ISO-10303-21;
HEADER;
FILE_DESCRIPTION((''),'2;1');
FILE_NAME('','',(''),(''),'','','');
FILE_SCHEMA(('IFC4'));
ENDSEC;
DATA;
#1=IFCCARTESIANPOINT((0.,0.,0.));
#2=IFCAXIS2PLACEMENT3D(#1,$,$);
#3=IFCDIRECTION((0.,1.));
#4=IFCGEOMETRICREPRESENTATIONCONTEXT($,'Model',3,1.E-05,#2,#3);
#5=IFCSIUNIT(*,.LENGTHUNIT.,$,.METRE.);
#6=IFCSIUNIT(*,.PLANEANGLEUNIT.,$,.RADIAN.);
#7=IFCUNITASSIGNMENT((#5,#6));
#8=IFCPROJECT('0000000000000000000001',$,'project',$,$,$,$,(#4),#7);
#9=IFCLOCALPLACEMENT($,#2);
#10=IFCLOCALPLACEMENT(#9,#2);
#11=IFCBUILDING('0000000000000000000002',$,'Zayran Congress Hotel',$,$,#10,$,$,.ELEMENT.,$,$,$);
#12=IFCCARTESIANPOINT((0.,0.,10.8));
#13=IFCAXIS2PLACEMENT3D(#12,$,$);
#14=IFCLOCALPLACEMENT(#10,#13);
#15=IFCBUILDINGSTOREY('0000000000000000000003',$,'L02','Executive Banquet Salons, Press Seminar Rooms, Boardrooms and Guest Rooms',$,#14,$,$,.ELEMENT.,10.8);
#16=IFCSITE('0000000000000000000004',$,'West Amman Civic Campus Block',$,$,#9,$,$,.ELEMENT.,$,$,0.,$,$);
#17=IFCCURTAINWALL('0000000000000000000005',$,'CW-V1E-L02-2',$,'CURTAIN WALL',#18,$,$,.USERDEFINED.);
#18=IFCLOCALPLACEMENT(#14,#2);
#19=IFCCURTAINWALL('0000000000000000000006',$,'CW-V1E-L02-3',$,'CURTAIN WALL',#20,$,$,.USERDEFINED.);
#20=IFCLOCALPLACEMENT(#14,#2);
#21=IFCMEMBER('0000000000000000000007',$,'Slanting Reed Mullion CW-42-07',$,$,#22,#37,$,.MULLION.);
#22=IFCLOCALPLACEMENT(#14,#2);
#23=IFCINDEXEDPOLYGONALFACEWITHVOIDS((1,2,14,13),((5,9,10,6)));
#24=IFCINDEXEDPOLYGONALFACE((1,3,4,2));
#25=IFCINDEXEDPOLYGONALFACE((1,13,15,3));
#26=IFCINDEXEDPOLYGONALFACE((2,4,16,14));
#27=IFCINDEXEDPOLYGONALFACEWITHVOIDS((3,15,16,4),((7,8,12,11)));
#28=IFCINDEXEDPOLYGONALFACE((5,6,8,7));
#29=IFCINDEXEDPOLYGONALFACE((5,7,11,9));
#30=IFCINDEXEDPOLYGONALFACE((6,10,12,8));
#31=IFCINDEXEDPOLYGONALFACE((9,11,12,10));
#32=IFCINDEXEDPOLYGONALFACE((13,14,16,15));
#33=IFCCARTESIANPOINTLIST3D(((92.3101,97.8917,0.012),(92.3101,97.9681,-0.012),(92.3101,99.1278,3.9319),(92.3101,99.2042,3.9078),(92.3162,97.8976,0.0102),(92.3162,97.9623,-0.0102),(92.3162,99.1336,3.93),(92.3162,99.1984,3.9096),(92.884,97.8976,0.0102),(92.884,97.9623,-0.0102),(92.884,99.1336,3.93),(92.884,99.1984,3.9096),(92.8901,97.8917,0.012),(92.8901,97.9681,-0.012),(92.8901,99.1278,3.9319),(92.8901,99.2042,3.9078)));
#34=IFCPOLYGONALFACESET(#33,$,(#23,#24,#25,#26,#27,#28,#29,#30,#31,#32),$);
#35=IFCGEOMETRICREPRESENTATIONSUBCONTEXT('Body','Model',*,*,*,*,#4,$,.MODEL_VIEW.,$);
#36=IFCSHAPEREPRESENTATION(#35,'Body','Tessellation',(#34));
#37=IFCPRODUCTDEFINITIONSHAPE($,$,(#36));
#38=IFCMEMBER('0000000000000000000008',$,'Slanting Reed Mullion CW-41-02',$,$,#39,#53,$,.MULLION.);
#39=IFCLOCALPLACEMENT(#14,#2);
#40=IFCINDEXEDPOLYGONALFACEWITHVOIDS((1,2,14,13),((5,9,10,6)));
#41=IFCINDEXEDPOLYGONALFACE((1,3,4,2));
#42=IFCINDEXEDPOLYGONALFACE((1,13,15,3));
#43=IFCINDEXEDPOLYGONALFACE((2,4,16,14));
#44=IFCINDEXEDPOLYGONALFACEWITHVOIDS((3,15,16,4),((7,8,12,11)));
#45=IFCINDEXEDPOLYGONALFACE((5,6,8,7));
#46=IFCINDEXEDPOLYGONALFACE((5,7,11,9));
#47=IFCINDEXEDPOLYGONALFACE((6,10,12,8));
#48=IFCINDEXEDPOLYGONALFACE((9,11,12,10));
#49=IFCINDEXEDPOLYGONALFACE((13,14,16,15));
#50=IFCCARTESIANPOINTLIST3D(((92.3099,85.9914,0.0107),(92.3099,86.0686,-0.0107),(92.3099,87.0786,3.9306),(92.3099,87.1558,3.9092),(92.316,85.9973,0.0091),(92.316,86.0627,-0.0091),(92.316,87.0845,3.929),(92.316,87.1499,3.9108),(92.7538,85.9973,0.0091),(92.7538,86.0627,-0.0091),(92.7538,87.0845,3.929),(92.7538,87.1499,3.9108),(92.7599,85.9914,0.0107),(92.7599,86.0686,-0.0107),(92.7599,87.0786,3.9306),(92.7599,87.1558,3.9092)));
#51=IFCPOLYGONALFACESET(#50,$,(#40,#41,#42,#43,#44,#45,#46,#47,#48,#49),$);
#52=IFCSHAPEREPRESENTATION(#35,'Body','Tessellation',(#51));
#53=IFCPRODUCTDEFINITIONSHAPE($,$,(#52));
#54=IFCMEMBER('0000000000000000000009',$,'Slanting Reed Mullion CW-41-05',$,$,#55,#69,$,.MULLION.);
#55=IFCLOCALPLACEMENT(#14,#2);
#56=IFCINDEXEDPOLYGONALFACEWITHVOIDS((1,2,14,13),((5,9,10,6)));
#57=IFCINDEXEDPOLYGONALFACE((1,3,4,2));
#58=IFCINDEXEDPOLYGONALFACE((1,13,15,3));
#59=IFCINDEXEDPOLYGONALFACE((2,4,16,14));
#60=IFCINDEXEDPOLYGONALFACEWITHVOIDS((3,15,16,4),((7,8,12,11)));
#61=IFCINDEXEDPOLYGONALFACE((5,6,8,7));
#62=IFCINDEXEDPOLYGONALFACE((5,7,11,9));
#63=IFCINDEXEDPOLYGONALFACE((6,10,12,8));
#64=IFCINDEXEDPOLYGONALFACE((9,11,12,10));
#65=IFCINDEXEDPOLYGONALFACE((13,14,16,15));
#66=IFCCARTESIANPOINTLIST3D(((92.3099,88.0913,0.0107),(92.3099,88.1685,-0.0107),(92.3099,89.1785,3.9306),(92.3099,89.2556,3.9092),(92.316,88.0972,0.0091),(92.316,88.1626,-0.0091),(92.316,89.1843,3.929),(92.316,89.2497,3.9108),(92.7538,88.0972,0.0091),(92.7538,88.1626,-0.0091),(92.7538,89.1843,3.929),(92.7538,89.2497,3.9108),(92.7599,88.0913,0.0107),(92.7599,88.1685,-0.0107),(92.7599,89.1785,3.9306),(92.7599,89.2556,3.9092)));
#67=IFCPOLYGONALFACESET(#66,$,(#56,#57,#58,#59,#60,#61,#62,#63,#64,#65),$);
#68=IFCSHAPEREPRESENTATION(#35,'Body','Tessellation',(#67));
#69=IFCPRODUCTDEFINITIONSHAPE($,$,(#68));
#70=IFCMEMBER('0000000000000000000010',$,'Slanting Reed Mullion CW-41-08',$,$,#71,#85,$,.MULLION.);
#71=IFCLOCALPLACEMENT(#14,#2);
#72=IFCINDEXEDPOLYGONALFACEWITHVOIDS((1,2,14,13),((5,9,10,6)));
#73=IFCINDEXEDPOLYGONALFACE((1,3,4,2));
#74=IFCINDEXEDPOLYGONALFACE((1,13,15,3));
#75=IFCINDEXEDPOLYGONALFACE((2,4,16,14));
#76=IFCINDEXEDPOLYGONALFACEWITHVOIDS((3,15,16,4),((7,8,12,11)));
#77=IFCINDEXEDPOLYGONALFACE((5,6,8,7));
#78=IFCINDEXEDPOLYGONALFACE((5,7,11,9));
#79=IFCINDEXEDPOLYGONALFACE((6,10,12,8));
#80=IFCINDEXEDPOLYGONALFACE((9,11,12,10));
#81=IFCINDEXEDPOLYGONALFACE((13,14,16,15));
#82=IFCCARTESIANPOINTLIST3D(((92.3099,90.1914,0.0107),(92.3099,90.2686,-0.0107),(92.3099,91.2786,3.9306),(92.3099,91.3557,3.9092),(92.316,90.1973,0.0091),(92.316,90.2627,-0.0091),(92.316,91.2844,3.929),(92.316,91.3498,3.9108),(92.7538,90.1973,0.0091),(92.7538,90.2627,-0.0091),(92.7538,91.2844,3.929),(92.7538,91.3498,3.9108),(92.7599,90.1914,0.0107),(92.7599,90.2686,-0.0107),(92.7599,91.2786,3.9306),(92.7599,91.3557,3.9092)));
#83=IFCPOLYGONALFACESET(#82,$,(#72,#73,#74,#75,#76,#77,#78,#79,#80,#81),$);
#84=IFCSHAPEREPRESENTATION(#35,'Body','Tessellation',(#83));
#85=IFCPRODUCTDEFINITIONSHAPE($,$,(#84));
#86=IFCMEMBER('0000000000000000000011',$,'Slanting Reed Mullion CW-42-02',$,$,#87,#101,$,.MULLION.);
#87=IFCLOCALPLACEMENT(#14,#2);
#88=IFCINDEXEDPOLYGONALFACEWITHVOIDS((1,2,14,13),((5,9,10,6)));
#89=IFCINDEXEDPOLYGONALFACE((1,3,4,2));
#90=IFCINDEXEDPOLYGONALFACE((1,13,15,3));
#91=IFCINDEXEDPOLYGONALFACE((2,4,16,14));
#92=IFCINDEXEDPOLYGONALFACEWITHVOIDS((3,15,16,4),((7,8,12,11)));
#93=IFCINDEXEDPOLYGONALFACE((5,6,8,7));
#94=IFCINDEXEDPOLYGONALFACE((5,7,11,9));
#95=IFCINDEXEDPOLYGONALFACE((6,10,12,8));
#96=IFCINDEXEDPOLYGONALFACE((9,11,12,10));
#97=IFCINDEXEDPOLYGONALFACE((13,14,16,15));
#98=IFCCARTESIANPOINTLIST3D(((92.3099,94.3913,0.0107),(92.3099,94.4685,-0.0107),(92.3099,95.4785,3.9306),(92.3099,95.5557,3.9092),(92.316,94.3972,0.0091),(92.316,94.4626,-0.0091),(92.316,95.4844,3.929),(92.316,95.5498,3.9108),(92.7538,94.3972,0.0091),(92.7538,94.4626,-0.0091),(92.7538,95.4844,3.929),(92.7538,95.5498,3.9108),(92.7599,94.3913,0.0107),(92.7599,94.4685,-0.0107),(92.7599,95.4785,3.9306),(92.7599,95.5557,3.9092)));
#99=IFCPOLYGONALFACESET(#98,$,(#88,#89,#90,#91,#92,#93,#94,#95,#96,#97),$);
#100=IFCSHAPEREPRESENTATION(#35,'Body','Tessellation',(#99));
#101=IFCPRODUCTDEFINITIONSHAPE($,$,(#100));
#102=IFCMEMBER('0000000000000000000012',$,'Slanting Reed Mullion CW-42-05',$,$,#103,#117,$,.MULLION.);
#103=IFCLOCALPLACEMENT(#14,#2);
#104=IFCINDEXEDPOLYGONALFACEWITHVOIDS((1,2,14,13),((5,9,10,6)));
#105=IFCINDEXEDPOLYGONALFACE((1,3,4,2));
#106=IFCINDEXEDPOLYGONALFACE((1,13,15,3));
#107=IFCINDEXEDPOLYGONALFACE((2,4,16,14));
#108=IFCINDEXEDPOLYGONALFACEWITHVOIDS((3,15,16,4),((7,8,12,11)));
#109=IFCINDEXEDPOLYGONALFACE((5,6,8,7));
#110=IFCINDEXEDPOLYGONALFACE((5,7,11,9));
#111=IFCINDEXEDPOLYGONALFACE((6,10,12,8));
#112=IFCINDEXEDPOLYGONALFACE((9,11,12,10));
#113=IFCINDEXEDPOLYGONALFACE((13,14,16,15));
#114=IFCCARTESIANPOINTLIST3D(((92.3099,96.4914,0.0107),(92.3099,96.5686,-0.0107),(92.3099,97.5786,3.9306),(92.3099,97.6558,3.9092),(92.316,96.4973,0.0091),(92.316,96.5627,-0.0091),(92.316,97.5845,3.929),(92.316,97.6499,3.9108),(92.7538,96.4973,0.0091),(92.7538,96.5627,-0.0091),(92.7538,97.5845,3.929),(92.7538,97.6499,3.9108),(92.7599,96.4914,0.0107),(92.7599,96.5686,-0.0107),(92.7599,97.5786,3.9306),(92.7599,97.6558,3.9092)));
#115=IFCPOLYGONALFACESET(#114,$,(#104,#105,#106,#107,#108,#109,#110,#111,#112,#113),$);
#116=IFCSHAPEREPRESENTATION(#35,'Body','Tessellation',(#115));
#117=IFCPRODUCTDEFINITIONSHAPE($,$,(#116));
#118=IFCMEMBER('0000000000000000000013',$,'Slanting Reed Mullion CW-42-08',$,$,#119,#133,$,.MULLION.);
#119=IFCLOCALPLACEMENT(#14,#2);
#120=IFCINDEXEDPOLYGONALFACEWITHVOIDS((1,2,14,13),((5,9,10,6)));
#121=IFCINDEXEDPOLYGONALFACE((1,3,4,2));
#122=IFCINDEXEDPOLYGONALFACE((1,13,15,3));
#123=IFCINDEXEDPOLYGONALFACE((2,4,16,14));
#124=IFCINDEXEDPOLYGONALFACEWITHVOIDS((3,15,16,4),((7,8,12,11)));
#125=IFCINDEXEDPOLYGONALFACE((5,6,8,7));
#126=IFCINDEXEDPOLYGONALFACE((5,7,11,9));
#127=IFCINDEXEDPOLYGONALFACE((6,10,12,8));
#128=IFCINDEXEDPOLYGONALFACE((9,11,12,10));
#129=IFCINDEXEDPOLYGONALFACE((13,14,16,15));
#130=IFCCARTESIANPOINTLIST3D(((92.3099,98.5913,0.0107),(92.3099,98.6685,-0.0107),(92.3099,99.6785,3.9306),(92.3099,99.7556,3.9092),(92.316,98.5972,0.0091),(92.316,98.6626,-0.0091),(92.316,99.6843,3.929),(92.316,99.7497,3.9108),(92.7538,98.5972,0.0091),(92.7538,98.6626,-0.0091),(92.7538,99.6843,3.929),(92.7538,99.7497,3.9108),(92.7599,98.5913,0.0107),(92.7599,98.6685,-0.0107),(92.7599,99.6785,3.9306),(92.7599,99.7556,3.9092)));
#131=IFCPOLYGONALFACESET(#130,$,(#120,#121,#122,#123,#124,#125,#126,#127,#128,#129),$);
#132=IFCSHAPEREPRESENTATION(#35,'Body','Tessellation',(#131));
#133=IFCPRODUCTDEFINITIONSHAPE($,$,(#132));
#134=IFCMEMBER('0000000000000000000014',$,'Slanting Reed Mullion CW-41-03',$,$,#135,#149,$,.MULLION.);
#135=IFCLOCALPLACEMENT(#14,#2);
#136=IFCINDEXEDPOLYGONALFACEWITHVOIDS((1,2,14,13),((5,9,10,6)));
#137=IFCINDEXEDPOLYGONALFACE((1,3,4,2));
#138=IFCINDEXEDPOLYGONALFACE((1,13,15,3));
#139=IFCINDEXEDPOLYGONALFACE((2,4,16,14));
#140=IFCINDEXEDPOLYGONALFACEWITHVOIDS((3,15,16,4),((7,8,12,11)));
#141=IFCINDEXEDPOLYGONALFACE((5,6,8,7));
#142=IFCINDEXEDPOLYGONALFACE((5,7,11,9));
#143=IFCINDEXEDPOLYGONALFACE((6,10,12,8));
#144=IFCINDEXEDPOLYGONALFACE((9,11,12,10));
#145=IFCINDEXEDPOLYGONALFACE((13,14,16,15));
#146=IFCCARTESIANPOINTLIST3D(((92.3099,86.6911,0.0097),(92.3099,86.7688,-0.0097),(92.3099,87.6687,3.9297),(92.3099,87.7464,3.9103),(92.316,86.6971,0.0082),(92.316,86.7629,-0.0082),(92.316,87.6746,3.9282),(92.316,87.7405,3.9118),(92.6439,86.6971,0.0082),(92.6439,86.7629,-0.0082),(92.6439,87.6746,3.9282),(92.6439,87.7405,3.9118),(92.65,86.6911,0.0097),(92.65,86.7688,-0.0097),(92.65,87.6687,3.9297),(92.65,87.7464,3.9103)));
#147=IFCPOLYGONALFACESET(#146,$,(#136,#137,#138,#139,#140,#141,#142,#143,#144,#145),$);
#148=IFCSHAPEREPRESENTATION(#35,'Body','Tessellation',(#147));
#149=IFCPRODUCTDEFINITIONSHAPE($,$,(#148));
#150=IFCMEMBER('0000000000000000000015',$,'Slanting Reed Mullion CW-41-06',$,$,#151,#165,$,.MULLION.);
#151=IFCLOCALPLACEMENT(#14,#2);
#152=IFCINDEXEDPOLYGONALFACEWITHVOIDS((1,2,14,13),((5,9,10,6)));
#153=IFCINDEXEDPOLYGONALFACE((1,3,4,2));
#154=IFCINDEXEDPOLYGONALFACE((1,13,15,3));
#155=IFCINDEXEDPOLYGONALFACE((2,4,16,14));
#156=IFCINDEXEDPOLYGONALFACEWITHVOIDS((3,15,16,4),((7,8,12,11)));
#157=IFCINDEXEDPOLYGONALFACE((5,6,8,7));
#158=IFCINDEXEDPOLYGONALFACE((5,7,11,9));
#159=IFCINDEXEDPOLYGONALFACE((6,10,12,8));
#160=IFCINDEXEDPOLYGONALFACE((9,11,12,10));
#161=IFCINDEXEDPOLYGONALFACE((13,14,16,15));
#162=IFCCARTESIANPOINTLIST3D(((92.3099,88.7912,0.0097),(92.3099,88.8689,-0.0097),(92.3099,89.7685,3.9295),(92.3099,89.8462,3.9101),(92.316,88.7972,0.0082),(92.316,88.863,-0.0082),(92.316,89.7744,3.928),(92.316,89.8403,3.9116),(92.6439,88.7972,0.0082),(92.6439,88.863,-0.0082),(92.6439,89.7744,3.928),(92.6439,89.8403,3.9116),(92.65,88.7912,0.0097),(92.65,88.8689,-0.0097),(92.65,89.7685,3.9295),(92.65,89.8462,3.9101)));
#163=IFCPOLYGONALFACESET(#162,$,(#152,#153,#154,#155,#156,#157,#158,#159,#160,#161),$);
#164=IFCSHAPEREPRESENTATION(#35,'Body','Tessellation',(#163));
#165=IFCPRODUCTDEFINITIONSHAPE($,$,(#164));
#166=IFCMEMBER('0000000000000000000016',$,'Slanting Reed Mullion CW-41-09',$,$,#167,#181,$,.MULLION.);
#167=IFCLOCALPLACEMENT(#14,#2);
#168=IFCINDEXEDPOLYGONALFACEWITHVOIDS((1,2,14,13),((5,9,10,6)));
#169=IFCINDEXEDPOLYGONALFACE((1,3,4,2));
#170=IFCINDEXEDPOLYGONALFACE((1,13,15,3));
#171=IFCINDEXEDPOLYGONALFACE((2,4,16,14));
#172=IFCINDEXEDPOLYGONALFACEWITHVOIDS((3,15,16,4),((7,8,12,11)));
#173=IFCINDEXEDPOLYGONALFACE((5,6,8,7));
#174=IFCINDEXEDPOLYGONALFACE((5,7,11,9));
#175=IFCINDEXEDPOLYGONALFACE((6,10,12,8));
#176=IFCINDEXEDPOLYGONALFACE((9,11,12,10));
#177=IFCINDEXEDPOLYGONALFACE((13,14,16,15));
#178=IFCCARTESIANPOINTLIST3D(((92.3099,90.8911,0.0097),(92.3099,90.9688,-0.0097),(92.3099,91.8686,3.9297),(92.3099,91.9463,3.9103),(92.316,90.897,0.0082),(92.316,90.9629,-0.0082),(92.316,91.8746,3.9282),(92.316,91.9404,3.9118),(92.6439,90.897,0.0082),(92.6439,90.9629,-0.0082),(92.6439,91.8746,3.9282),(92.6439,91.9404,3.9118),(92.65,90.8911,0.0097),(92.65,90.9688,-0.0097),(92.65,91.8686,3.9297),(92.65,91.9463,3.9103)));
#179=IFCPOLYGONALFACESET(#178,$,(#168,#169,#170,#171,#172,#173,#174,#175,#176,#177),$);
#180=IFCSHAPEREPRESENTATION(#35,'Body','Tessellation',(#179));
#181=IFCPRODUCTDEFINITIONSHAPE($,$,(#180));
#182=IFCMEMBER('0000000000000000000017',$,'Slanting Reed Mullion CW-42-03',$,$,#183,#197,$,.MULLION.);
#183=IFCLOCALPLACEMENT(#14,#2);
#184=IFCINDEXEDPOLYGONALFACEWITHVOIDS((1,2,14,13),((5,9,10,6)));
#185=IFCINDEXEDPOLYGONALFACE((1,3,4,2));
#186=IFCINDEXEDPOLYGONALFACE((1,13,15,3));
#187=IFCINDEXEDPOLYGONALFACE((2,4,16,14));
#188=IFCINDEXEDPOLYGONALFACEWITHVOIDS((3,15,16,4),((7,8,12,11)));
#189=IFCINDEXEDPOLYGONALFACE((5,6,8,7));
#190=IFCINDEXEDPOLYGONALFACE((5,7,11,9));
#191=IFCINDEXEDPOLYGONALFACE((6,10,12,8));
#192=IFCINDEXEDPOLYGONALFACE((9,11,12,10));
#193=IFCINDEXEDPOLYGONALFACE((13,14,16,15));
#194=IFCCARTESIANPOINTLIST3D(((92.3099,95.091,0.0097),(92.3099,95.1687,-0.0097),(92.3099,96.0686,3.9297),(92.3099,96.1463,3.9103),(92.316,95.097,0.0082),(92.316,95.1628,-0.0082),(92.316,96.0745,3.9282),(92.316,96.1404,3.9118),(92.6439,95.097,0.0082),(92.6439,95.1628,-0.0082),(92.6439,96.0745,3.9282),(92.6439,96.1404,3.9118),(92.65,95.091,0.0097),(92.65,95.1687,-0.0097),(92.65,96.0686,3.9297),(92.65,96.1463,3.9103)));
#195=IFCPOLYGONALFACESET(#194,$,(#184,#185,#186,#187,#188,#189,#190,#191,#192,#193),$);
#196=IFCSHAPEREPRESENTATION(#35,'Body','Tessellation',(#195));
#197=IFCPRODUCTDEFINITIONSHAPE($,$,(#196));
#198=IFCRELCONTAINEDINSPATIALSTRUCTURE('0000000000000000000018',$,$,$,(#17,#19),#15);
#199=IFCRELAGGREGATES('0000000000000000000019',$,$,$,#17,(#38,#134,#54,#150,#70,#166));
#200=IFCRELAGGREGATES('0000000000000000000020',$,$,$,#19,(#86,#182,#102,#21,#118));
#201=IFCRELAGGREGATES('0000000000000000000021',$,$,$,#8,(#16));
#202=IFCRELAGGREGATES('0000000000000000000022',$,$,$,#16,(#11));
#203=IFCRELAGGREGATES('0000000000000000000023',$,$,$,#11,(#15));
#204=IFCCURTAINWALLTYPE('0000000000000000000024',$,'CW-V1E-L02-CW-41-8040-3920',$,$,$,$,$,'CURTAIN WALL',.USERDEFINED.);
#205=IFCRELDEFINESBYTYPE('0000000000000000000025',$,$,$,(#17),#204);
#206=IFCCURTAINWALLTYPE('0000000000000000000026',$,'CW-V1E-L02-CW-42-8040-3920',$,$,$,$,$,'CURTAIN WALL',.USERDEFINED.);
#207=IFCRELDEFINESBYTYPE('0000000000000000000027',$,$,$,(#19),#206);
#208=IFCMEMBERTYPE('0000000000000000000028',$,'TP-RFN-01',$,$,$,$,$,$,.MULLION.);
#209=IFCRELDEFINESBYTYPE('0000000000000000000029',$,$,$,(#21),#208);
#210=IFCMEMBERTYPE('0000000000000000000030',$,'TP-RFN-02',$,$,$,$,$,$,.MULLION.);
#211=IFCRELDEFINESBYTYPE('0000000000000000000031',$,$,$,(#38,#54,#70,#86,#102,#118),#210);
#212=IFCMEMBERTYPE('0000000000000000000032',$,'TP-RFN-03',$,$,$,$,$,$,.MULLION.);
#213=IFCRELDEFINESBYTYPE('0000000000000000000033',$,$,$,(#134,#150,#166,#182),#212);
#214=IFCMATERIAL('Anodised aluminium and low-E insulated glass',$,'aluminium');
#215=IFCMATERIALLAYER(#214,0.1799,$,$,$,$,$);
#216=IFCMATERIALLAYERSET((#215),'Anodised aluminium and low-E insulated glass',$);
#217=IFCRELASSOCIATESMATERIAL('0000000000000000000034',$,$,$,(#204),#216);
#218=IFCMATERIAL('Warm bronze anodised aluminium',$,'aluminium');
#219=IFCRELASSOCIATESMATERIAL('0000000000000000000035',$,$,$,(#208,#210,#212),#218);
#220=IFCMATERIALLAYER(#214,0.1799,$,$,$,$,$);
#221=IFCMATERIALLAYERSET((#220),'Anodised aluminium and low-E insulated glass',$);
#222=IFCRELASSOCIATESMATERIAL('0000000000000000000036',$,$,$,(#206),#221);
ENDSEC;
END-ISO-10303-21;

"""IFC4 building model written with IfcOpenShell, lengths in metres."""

from ifc_helpers import new_model, si_unit, direction, frame, origin, origin_2d, place, context, subcontext, project, spatial, hollow_rectangle, extrude, material, layer, layer_set, material_profile, profile_set, type_object, element, aggregate, save


model = new_model("IFC4")

# Units and contexts
model_context = context("Model", 3, precision=1e-05, world=origin(), true_north=direction((0.0, 1.0)))
body_context = subcontext(model_context, "Body", "Model", "MODEL_VIEW")
ifc_project = project(units=[si_unit("LENGTHUNIT", "METRE"), si_unit("PLANEANGLEUNIT", "RADIAN")], contexts=[model_context])

# Site, building, storey
site_placement = place(None, origin())
site = spatial("IfcSite", under=ifc_project, at=site_placement, Name="West Amman Civic Campus Block", CompositionType="ELEMENT", RefElevation=0.0)
building_placement = place(site_placement, origin())
building = spatial("IfcBuilding", under=site, at=building_placement, Name="Zayran Congress Hotel", CompositionType="ELEMENT")
storey_placement = place(building_placement, frame((0.0, 0.0, 10.8)))
storey = spatial("IfcBuildingStorey", under=building, at=storey_placement, Name="L02", Description="Executive Banquet Salons, Press Seminar Rooms, Boardrooms and Guest Rooms", CompositionType="ELEMENT", Elevation=10.8)

# Curtain walls, member
ifc_material_1 = material(Name="Anodised aluminium and low-E insulated glass", Category="aluminium")
ifc_layer_1 = layer(ifc_material_1, 0.1799)
ifc_layer_set_1 = layer_set([ifc_layer_1], Name="Anodised aluminium and low-E insulated glass")
curtain_wall_type_1 = type_object("IfcCurtainWallType", Name="CW-V1E-L02-CW-41-8040-3920", ElementType="CURTAIN WALL", PredefinedType="USERDEFINED", material=ifc_layer_set_1)
curtain_wall_1_placement = place(storey_placement, origin())
curtain_wall_1 = element("IfcCurtainWall", 1, at=curtain_wall_1_placement, inside=storey, type_object=curtain_wall_type_1, Name="CW-V1E-L02-2", ObjectType="CURTAIN WALL", PredefinedType="USERDEFINED")
ifc_material_2 = material(Name="Warm bronze anodised aluminium", Category="aluminium")
ifc_material_profile_1 = material_profile(ifc_material_2, hollow_rectangle(XDim=0.0801, YDim=0.5801, WallThickness=0.0061, at=origin_2d()), Name="RHS 580x80x6")
ifc_profile_set_1 = profile_set([ifc_material_profile_1], Name="Warm bronze anodised aluminium")
member_type_1 = type_object("IfcMemberType", Name="TP-RFN-01", PredefinedType="MULLION", material=ifc_profile_set_1)
ifc_layer_2 = layer(ifc_material_1, 0.1799)
ifc_layer_set_2 = layer_set([ifc_layer_2], Name="Anodised aluminium and low-E insulated glass")
curtain_wall_type_2 = type_object("IfcCurtainWallType", Name="CW-V1E-L02-CW-42-8040-3920", ElementType="CURTAIN WALL", PredefinedType="USERDEFINED", material=ifc_layer_set_2)
curtain_wall_2_placement = place(storey_placement, origin())
curtain_wall_2 = element("IfcCurtainWall", 2, at=curtain_wall_2_placement, inside=storey, type_object=curtain_wall_type_2, Name="CW-V1E-L02-3", ObjectType="CURTAIN WALL", PredefinedType="USERDEFINED")
member_1_placement = place(storey_placement, frame((92.6001, 97.9299, 0.0), z_axis=(0.0, 0.300736, 0.953707), x_axis=(0.0, -0.953707, 0.300736)))
member_1 = element("IfcMember", 3, at=member_1_placement, type_object=member_type_1, Name="Slanting Reed Mullion CW-42-07", PredefinedType="MULLION", context=body_context, shape_type="SweptSolid", body=[
    extrude(hollow_rectangle(XDim=0.0801, YDim=0.5801, WallThickness=0.0061, at=origin_2d()), origin(), (0.0, 0.0, 1.0), 4.1101),
])

# Members
ifc_material_profile_2 = material_profile(ifc_material_2, hollow_rectangle(XDim=0.0801, YDim=0.45, WallThickness=0.0061, at=origin_2d()), Name="RHS 450x80x6")
ifc_profile_set_2 = profile_set([ifc_material_profile_2], Name="Warm bronze anodised aluminium")
member_type_2 = type_object("IfcMemberType", Name="TP-RFN-02", PredefinedType="MULLION", material=ifc_profile_set_2)
member_2_placement = place(storey_placement, frame((92.5349, 86.03, 0.0), z_axis=(0.0, 0.267254, 0.963626), x_axis=(0.0, -0.963626, 0.267254)))
member_2 = element("IfcMember", 4, at=member_2_placement, type_object=member_type_2, Name="Slanting Reed Mullion CW-41-02", PredefinedType="MULLION", context=body_context, shape_type="SweptSolid", body=[
    extrude(hollow_rectangle(XDim=0.0801, YDim=0.45, WallThickness=0.0061, at=origin_2d()), origin(), (0.0, 0.0, 1.0), 4.0679),
])
member_3_placement = place(storey_placement, frame((92.5349, 88.1299, 0.0), z_axis=(0.0, 0.267254, 0.963626), x_axis=(0.0, -0.963626, 0.267254)))
member_3 = element("IfcMember", 5, at=member_3_placement, type_object=member_type_2, Name="Slanting Reed Mullion CW-41-05", PredefinedType="MULLION", context=body_context, shape_type="SweptSolid", body=[
    extrude(hollow_rectangle(XDim=0.0801, YDim=0.45, WallThickness=0.0061, at=origin_2d()), origin(), (0.0, 0.0, 1.0), 4.0679),
])
member_4_placement = place(storey_placement, frame((92.5349, 90.23, 0.0), z_axis=(0.0, 0.267254, 0.963626), x_axis=(0.0, -0.963626, 0.267254)))
member_4 = element("IfcMember", 6, at=member_4_placement, type_object=member_type_2, Name="Slanting Reed Mullion CW-41-08", PredefinedType="MULLION", context=body_context, shape_type="SweptSolid", body=[
    extrude(hollow_rectangle(XDim=0.0801, YDim=0.45, WallThickness=0.0061, at=origin_2d()), origin(), (0.0, 0.0, 1.0), 4.0679),
])
member_5_placement = place(storey_placement, frame((92.5349, 94.4299, 0.0), z_axis=(0.0, 0.267254, 0.963626), x_axis=(0.0, -0.963626, 0.267254)))
member_5 = element("IfcMember", 7, at=member_5_placement, type_object=member_type_2, Name="Slanting Reed Mullion CW-42-02", PredefinedType="MULLION", context=body_context, shape_type="SweptSolid", body=[
    extrude(hollow_rectangle(XDim=0.0801, YDim=0.45, WallThickness=0.0061, at=origin_2d()), origin(), (0.0, 0.0, 1.0), 4.0679),
])
member_6_placement = place(storey_placement, frame((92.5349, 96.53, 0.0), z_axis=(0.0, 0.267254, 0.963626), x_axis=(0.0, -0.963626, 0.267254)))
member_6 = element("IfcMember", 8, at=member_6_placement, type_object=member_type_2, Name="Slanting Reed Mullion CW-42-05", PredefinedType="MULLION", context=body_context, shape_type="SweptSolid", body=[
    extrude(hollow_rectangle(XDim=0.0801, YDim=0.45, WallThickness=0.0061, at=origin_2d()), origin(), (0.0, 0.0, 1.0), 4.0679),
])
member_7_placement = place(storey_placement, frame((92.5349, 98.6299, 0.0), z_axis=(0.0, 0.267254, 0.963626), x_axis=(0.0, -0.963626, 0.267254)))
member_7 = element("IfcMember", 9, at=member_7_placement, type_object=member_type_2, Name="Slanting Reed Mullion CW-42-08", PredefinedType="MULLION", context=body_context, shape_type="SweptSolid", body=[
    extrude(hollow_rectangle(XDim=0.0801, YDim=0.45, WallThickness=0.0061, at=origin_2d()), origin(), (0.0, 0.0, 1.0), 4.0679),
])
ifc_material_profile_3 = material_profile(ifc_material_2, hollow_rectangle(XDim=0.0801, YDim=0.3401, WallThickness=0.0061, at=origin_2d()), Name="RHS 340x80x6")
ifc_profile_set_3 = profile_set([ifc_material_profile_3], Name="Warm bronze anodised aluminium")
member_type_3 = type_object("IfcMemberType", Name="TP-RFN-03", PredefinedType="MULLION", material=ifc_profile_set_3)
member_8_placement = place(storey_placement, frame((92.48, 86.73, 0.0), z_axis=(0.0, 0.241967, 0.970285), x_axis=(0.0, -0.970285, 0.241967)))
member_8 = element("IfcMember", 10, at=member_8_placement, type_object=member_type_3, Name="Slanting Reed Mullion CW-41-03", PredefinedType="MULLION", context=body_context, shape_type="SweptSolid", body=[
    extrude(hollow_rectangle(XDim=0.0801, YDim=0.3401, WallThickness=0.0061, at=origin_2d()), origin(), (0.0, 0.0, 1.0), 4.04),
])
member_9_placement = place(storey_placement, frame((92.48, 88.8301, 0.0), z_axis=(0.0, 0.24191, 0.970299), x_axis=(0.0, -0.970299, 0.24191)))
member_9 = element("IfcMember", 11, at=member_9_placement, type_object=member_type_3, Name="Slanting Reed Mullion CW-41-06", PredefinedType="MULLION", context=body_context, shape_type="SweptSolid", body=[
    extrude(hollow_rectangle(XDim=0.0801, YDim=0.3401, WallThickness=0.0061, at=origin_2d()), origin(), (0.0, 0.0, 1.0), 4.0398),
])
member_10_placement = place(storey_placement, frame((92.48, 90.9299, 0.0), z_axis=(0.0, 0.241967, 0.970285), x_axis=(0.0, -0.970285, 0.241967)))
member_10 = element("IfcMember", 12, at=member_10_placement, type_object=member_type_3, Name="Slanting Reed Mullion CW-41-09", PredefinedType="MULLION", context=body_context, shape_type="SweptSolid", body=[
    extrude(hollow_rectangle(XDim=0.0801, YDim=0.3401, WallThickness=0.0061, at=origin_2d()), origin(), (0.0, 0.0, 1.0), 4.04),
])
aggregate(curtain_wall_1, [member_2, member_8, member_3, member_9, member_4, member_10])
member_11_placement = place(storey_placement, frame((92.48, 95.1299, 0.0), z_axis=(0.0, 0.241967, 0.970285), x_axis=(0.0, -0.970285, 0.241967)))
member_11 = element("IfcMember", 13, at=member_11_placement, type_object=member_type_3, Name="Slanting Reed Mullion CW-42-03", PredefinedType="MULLION", context=body_context, shape_type="SweptSolid", body=[
    extrude(hollow_rectangle(XDim=0.0801, YDim=0.3401, WallThickness=0.0061, at=origin_2d()), origin(), (0.0, 0.0, 1.0), 4.04),
])
aggregate(curtain_wall_2, [member_5, member_11, member_6, member_1, member_7])

save(model, "model.ifc")
